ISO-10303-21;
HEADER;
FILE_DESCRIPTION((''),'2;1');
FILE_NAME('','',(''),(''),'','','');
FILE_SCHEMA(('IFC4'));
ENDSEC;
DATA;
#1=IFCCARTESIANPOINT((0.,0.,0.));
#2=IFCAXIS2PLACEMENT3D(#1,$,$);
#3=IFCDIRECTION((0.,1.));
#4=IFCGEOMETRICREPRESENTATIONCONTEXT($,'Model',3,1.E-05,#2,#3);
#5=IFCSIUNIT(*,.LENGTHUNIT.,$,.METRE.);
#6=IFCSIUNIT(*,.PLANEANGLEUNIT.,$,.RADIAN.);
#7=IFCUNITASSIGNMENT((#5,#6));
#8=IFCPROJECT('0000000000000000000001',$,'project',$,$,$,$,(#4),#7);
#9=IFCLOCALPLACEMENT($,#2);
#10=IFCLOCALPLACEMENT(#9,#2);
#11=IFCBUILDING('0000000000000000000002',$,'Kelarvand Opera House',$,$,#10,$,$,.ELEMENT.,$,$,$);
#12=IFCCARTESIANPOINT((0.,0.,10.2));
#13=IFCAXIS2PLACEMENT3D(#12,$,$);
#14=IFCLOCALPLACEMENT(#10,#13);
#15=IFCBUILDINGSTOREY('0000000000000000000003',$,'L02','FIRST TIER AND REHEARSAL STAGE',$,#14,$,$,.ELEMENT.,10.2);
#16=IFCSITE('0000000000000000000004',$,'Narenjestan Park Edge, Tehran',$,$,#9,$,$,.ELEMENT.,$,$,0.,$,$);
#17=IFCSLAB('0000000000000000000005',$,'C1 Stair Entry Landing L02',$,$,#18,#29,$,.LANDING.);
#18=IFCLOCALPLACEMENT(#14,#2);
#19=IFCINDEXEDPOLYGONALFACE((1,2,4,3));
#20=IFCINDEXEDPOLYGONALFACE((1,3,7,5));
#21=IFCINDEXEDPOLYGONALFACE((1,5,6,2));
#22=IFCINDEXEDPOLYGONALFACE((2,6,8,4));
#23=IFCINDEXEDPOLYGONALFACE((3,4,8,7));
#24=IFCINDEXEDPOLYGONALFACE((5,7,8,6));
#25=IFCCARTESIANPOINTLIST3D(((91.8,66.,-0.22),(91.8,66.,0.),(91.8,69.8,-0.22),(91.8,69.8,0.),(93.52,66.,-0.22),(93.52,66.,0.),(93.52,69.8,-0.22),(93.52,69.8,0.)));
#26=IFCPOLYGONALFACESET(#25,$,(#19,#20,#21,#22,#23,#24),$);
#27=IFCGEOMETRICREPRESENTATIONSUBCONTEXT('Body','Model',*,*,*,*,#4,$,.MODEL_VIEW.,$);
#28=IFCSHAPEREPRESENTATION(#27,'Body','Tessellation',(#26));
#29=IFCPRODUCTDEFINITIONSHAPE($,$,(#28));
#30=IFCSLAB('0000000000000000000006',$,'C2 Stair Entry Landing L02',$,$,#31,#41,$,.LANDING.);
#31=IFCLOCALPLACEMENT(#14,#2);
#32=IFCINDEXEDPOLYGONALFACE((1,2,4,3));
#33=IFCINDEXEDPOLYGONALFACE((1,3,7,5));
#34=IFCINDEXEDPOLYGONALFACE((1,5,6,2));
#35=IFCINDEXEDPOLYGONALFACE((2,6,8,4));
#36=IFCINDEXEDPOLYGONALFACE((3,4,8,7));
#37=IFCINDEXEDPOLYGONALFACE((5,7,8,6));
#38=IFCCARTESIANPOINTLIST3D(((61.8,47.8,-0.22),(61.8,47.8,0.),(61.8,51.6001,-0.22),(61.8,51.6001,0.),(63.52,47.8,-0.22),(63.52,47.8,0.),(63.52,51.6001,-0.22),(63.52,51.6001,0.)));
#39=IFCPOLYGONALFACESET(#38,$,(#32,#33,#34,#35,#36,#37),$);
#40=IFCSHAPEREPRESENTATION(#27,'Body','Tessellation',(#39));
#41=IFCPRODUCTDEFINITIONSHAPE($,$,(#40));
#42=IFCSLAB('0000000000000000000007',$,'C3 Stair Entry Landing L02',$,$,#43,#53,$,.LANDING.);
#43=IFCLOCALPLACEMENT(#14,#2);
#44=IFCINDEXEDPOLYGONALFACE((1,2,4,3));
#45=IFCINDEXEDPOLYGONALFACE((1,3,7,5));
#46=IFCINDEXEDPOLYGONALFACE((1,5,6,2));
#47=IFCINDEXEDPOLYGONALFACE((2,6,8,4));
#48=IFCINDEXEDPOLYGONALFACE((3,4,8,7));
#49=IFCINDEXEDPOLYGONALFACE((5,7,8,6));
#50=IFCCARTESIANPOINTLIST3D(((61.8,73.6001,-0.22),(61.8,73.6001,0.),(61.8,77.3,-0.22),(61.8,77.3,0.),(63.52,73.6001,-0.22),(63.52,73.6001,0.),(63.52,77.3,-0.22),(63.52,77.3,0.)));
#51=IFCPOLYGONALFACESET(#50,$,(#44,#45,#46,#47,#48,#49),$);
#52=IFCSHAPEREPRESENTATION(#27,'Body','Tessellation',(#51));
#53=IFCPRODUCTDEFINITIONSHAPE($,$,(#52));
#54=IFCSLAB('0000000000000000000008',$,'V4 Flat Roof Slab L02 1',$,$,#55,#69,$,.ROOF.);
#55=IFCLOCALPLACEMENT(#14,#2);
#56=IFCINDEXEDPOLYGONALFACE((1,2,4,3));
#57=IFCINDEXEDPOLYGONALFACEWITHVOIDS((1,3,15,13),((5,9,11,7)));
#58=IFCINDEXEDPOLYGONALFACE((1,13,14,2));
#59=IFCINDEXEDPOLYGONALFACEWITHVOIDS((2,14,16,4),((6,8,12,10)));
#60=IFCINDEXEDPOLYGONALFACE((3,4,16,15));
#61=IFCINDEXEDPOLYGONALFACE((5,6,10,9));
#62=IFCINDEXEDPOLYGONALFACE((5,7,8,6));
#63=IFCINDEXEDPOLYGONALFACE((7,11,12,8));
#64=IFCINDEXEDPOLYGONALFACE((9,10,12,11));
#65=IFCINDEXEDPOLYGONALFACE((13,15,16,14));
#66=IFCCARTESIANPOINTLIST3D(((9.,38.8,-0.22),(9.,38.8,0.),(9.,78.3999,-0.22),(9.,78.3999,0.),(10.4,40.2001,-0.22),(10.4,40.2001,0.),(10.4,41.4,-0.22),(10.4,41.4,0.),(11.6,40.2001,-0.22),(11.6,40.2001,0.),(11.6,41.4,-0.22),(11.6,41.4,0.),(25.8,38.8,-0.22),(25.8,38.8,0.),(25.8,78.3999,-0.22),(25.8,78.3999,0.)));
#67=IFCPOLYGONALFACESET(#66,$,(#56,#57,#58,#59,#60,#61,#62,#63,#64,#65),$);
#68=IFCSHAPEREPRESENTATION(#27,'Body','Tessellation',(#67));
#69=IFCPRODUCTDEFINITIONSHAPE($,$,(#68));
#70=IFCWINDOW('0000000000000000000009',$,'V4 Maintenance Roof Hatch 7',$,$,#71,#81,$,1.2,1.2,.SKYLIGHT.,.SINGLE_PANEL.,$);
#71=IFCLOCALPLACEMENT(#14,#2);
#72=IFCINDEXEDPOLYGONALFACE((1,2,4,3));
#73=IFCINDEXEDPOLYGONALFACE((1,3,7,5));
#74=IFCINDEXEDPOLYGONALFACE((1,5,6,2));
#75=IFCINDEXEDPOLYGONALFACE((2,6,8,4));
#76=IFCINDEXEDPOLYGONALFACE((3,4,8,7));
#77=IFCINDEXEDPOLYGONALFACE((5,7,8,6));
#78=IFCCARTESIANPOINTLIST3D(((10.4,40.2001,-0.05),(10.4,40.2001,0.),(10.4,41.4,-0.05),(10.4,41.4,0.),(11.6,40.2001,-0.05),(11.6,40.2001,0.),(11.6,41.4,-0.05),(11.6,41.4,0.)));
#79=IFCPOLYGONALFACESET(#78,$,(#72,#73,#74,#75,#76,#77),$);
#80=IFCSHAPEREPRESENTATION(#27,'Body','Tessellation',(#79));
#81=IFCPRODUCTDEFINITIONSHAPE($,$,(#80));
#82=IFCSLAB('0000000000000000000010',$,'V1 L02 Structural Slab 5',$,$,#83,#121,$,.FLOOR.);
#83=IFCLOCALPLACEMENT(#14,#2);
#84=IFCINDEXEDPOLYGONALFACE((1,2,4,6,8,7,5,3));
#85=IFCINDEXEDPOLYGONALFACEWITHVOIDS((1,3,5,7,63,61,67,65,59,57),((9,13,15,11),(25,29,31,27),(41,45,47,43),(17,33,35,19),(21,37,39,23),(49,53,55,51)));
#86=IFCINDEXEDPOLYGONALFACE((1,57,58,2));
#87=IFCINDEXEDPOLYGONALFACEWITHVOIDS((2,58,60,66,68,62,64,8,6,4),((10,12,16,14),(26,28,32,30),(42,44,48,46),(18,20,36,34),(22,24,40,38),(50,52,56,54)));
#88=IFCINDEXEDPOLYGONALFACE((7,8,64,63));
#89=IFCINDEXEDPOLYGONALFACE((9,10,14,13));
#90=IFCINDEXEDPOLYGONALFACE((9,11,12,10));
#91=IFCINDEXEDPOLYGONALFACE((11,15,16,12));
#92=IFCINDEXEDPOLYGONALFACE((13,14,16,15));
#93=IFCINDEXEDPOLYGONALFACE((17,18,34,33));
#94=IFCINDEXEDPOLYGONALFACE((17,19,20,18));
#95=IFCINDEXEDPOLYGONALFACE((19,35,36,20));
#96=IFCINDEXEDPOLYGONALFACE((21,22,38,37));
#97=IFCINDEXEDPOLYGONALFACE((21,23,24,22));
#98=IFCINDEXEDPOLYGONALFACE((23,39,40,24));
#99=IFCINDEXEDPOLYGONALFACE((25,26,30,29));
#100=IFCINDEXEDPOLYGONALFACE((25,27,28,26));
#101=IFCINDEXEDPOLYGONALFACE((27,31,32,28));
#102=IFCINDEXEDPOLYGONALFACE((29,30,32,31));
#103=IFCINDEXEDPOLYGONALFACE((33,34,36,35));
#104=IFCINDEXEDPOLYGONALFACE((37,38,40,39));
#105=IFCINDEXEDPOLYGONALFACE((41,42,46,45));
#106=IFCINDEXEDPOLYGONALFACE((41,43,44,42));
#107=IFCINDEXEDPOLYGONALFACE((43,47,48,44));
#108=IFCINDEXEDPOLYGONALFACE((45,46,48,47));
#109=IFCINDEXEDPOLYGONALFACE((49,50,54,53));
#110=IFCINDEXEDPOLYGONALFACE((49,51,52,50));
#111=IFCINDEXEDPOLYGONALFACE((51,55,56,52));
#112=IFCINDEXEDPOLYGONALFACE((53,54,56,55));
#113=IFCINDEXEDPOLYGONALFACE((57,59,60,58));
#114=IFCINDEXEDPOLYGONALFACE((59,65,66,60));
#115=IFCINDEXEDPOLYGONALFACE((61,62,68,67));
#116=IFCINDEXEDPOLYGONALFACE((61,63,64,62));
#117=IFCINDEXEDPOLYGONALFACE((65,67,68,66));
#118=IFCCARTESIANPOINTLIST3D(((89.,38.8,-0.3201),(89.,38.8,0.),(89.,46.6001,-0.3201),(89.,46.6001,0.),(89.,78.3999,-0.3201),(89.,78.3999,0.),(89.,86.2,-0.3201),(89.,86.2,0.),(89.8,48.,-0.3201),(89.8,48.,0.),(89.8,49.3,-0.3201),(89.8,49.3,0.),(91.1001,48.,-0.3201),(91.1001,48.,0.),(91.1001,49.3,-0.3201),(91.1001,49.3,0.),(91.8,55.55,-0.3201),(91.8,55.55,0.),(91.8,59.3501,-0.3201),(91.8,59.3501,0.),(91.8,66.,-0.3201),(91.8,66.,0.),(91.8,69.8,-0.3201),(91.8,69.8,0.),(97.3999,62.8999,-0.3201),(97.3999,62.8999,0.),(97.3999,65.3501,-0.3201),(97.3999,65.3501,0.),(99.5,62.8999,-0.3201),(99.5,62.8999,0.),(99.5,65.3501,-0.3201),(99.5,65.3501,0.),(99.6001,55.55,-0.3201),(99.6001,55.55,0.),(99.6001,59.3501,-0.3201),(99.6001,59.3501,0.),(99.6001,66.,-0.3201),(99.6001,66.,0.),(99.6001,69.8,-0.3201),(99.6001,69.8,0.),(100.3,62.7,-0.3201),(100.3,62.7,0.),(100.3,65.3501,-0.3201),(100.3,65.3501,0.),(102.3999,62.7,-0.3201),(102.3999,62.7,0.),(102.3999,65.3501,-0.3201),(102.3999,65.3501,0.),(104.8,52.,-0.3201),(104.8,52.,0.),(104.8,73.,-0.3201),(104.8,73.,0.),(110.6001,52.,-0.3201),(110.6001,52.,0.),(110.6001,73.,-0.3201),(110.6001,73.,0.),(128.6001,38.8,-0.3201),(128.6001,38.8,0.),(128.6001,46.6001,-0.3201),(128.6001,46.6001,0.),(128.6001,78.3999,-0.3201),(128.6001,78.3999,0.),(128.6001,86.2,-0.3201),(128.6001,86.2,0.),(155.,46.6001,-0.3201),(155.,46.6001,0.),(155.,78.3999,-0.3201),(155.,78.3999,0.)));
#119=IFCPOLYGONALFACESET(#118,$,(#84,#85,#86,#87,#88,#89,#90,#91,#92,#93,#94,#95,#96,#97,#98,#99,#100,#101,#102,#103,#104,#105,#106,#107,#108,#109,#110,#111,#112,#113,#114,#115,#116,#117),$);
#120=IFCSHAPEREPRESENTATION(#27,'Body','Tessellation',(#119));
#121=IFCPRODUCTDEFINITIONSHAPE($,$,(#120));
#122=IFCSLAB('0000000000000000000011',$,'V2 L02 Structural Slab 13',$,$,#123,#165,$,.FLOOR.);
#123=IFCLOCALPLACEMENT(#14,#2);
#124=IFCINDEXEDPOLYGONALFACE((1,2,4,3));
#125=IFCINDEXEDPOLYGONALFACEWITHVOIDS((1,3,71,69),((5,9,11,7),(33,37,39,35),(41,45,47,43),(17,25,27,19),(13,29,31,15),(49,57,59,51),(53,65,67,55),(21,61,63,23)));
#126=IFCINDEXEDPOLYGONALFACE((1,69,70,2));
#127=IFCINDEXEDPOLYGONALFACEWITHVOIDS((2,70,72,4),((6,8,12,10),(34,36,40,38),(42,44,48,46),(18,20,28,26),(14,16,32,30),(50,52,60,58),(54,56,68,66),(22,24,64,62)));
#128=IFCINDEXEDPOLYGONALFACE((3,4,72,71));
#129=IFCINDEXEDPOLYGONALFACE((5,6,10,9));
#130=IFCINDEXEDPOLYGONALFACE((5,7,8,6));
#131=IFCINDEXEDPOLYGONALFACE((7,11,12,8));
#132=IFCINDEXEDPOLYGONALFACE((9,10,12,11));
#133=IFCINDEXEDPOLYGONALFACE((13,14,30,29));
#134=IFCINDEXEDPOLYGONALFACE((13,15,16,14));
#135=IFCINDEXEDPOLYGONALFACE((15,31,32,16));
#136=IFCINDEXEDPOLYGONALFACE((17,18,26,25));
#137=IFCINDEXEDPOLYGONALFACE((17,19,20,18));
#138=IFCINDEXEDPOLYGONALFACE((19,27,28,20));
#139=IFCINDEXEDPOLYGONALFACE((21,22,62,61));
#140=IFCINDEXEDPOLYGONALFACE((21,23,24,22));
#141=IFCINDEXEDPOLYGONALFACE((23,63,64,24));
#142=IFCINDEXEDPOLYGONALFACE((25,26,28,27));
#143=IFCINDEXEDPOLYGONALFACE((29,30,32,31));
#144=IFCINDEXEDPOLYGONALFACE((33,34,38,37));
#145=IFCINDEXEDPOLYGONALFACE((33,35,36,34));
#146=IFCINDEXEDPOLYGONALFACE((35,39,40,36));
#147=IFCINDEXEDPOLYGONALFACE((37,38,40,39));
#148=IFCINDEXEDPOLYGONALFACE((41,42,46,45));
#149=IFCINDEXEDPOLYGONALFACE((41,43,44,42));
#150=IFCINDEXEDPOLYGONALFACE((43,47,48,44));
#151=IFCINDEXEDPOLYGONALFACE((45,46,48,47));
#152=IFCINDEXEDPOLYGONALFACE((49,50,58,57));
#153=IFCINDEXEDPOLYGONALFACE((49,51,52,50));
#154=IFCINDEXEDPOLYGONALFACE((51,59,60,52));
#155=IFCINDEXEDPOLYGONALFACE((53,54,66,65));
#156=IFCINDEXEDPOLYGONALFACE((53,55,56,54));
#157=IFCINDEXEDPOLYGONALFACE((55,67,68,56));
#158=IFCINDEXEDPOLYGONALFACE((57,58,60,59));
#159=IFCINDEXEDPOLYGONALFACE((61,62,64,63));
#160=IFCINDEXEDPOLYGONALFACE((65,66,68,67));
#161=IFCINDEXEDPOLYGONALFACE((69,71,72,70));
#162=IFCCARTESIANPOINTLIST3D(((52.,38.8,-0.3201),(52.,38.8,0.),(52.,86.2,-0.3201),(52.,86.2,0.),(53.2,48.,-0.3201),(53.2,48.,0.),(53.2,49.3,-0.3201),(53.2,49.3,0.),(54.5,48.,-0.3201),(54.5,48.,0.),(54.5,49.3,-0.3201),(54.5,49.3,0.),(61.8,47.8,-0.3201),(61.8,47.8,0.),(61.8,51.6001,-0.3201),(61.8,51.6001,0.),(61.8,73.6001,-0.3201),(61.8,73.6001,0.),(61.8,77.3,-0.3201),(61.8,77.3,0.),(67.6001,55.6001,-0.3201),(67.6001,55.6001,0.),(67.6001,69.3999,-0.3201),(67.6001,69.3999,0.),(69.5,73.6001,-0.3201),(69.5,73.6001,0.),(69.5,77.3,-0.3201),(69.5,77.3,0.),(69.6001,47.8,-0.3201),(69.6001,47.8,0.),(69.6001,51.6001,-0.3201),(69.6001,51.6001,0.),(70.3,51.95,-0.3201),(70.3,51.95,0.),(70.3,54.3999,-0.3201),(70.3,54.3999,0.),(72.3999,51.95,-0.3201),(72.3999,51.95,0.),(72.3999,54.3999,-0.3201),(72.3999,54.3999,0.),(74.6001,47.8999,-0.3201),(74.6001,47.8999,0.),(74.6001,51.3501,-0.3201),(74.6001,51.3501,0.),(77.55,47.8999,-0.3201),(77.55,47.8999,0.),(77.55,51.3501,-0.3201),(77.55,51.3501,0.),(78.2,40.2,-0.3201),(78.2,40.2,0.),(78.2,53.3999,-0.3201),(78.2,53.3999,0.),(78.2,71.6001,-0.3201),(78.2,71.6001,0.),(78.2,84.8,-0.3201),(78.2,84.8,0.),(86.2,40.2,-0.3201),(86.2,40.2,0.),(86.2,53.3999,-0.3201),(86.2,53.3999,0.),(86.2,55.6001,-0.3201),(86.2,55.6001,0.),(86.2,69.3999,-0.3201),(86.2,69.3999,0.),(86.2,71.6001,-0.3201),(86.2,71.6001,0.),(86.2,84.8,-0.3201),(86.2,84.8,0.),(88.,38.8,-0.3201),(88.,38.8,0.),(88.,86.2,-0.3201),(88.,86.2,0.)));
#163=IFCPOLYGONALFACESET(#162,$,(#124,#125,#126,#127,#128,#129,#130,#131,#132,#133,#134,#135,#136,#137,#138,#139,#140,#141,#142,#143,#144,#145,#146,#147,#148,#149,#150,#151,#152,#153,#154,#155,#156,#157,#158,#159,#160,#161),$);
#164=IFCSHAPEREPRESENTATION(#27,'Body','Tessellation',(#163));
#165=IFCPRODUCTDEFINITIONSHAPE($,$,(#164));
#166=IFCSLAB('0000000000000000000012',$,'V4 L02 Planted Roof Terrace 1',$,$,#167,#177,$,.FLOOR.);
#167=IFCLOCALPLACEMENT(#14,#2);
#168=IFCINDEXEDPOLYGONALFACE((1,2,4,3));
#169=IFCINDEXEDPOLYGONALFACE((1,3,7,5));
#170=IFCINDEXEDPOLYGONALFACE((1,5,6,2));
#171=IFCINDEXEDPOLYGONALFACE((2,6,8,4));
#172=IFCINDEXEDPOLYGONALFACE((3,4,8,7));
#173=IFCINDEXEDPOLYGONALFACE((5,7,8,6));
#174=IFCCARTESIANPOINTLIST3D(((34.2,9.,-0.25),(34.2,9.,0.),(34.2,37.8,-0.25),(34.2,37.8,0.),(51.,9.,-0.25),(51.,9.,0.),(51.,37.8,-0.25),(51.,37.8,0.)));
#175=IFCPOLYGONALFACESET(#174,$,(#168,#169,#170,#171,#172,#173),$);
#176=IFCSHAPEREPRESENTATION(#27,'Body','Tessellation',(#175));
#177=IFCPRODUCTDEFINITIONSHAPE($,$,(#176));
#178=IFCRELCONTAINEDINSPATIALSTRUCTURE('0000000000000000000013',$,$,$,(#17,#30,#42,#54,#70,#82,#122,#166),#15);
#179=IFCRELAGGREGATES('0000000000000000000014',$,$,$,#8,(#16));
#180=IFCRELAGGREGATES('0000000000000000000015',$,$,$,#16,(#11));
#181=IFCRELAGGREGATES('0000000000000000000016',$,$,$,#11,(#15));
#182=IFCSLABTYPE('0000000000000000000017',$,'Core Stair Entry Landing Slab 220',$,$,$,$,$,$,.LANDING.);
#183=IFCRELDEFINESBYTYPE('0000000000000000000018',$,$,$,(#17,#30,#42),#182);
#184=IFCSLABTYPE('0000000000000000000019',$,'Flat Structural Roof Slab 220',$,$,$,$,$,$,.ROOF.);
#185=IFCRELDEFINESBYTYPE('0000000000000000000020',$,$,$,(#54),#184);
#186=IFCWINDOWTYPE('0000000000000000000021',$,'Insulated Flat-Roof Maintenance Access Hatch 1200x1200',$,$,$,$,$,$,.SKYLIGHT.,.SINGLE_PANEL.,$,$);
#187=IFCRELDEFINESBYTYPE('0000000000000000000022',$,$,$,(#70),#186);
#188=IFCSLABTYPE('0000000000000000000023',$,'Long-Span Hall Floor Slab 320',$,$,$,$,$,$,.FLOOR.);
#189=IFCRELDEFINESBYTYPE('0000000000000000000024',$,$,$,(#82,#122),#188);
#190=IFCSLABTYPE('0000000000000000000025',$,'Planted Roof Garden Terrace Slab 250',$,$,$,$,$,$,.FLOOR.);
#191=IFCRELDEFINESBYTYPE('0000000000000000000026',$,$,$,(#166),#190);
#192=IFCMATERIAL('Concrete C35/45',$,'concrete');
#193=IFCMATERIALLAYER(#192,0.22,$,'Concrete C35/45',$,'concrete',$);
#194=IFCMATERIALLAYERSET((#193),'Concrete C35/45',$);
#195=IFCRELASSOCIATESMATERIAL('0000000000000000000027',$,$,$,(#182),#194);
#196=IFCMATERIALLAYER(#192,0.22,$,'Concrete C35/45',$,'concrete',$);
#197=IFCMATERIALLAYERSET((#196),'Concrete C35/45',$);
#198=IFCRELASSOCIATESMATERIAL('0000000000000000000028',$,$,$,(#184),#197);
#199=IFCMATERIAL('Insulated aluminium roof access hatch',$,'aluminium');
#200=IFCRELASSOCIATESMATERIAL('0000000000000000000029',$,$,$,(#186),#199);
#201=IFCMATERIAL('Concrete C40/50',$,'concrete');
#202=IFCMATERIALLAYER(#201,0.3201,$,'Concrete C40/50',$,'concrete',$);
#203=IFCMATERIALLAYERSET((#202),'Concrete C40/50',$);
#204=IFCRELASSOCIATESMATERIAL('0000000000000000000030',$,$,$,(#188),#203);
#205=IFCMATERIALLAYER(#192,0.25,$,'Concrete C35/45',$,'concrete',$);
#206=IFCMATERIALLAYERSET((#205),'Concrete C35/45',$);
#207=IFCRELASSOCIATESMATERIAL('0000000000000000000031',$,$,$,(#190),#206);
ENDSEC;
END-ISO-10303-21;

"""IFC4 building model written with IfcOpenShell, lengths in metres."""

from ifc_helpers import new_model, si_unit, direction, frame, origin, origin_2d, place, context, subcontext, project, spatial, polyline, rectangle, outline, extrude, material, layer, layer_set, type_object, element, fill, save


model = new_model("IFC4")

# Units and contexts
model_context = context("Model", 3, precision=1e-05, world=origin(), true_north=direction((0.0, 1.0)))
body_context = subcontext(model_context, "Body", "Model", "MODEL_VIEW")
ifc_project = project(units=[si_unit("LENGTHUNIT", "METRE"), si_unit("PLANEANGLEUNIT", "RADIAN")], contexts=[model_context])

# Site, building, storey
site_placement = place(None, origin())
site = spatial("IfcSite", under=ifc_project, at=site_placement, Name="Narenjestan Park Edge, Tehran", CompositionType="ELEMENT", RefElevation=0.0)
building_placement = place(site_placement, origin())
building = spatial("IfcBuilding", under=site, at=building_placement, Name="Kelarvand Opera House", CompositionType="ELEMENT")
storey_placement = place(building_placement, frame((0.0, 0.0, 10.2)))
storey = spatial("IfcBuildingStorey", under=building, at=storey_placement, Name="L02", Description="FIRST TIER AND REHEARSAL STAGE", CompositionType="ELEMENT", Elevation=10.2)

# Slabs
ifc_material_1 = material(Name="Concrete C35/45", Category="concrete")
ifc_layer_1 = layer(ifc_material_1, 0.22, Name="Concrete C35/45", Category="concrete")
ifc_layer_set_1 = layer_set([ifc_layer_1], Name="Concrete C35/45")
slab_type_1 = type_object("IfcSlabType", Name="Core Stair Entry Landing Slab 220", PredefinedType="LANDING", material=ifc_layer_set_1)
slab_1_placement = place(storey_placement, frame((0.0, 0.0, -0.22)))
element("IfcSlab", 1, at=slab_1_placement, inside=storey, type_object=slab_type_1, Name="C1 Stair Entry Landing L02", PredefinedType="LANDING", context=body_context, shape_type="SweptSolid", body=[
    extrude(outline(polyline([(91.8, 66.0), (93.52, 66.0), (93.52, 69.8), (91.8, 69.8), (91.8, 66.0)])), origin(), (0.0, 0.0, 1.0), 0.22),
])
slab_2_placement = place(storey_placement, frame((0.0, 0.0, -0.22)))
element("IfcSlab", 2, at=slab_2_placement, inside=storey, type_object=slab_type_1, Name="C2 Stair Entry Landing L02", PredefinedType="LANDING", context=body_context, shape_type="SweptSolid", body=[
    extrude(outline(polyline([(61.8, 47.8), (63.52, 47.8), (63.52, 51.6001), (61.8, 51.6001), (61.8, 47.8)])), origin(), (0.0, 0.0, 1.0), 0.22),
])
slab_3_placement = place(storey_placement, frame((0.0, 0.0, -0.22)))
element("IfcSlab", 3, at=slab_3_placement, inside=storey, type_object=slab_type_1, Name="C3 Stair Entry Landing L02", PredefinedType="LANDING", context=body_context, shape_type="SweptSolid", body=[
    extrude(outline(polyline([(61.8, 73.6001), (63.52, 73.6001), (63.52, 77.3), (61.8, 77.3), (61.8, 73.6001)])), origin(), (0.0, 0.0, 1.0), 0.22),
])

# Slab, opening, window
ifc_layer_2 = layer(ifc_material_1, 0.22, Name="Concrete C35/45", Category="concrete")
ifc_layer_set_2 = layer_set([ifc_layer_2], Name="Concrete C35/45")
slab_type_2 = type_object("IfcSlabType", Name="Flat Structural Roof Slab 220", PredefinedType="ROOF", material=ifc_layer_set_2)
slab_4_placement = place(storey_placement, frame((0.0, 0.0, -0.22)))
slab_4 = element("IfcSlab", 4, at=slab_4_placement, inside=storey, type_object=slab_type_2, Name="V4 Flat Roof Slab L02 1", PredefinedType="ROOF", context=body_context, shape_type="SweptSolid", body=[
    extrude(outline(polyline([(9.0, 38.8), (25.8, 38.8), (25.8, 78.3999), (9.0, 78.3999), (9.0, 38.8)])), origin(), (0.0, 0.0, 1.0), 0.22),
])
opening_placement = place(slab_4_placement, frame((11.0, 40.8, 0.0)))
opening = element("IfcOpeningElement", 5, at=opening_placement, cuts=slab_4, PredefinedType="OPENING", context=body_context, shape_type="SweptSolid", body=[
    extrude(rectangle(XDim=1.2, YDim=1.2, at=origin_2d()), frame((0.0, 0.0, -0.01)), (0.0, 0.0, 1.0), 0.24),
])
ifc_material_2 = material(Name="Insulated aluminium roof access hatch", Category="aluminium")
window_type = type_object("IfcWindowType", Name="Insulated Flat-Roof Maintenance Access Hatch 1200x1200", PartitioningType="SINGLE_PANEL", PredefinedType="SKYLIGHT", material=ifc_material_2)
window_placement = place(opening_placement, frame((0.0, 0.0, 0.1699)))
window = element("IfcWindow", 6, at=window_placement, inside=storey, type_object=window_type, Name="V4 Maintenance Roof Hatch 7", OverallHeight=1.2, OverallWidth=1.2, PartitioningType="SINGLE_PANEL", PredefinedType="SKYLIGHT", context=body_context, shape_type="SweptSolid", body=[
    extrude(rectangle(XDim=1.2, YDim=1.2, at=origin_2d()), origin(), (0.0, 0.0, 1.0), 0.05),
])
fill(opening, window)

# Slabs
ifc_material_3 = material(Name="Concrete C40/50", Category="concrete")
ifc_layer_3 = layer(ifc_material_3, 0.3201, Name="Concrete C40/50", Category="concrete")
ifc_layer_set_3 = layer_set([ifc_layer_3], Name="Concrete C40/50")
slab_type_3 = type_object("IfcSlabType", Name="Long-Span Hall Floor Slab 320", PredefinedType="FLOOR", material=ifc_layer_set_3)
slab_5_placement = place(storey_placement, frame((0.0, 0.0, -0.3201)))
element("IfcSlab", 7, at=slab_5_placement, inside=storey, type_object=slab_type_3, Name="V1 L02 Structural Slab 5", PredefinedType="FLOOR", context=body_context, shape_type="SweptSolid", body=[
    extrude(outline(polyline([(128.6001, 38.8), (89.0, 38.8), (89.0, 46.6001), (89.0, 78.3999), (89.0, 86.2), (128.6001, 86.2), (128.6001, 78.3999), (155.0, 78.3999), (155.0, 46.6001), (128.6001, 46.6001), (128.6001, 38.8)]), holes=[polyline([(89.8, 49.3), (91.1001, 49.3), (91.1001, 48.0), (89.8, 48.0), (89.8, 49.3)]), polyline([(99.6001, 59.3501), (99.6001, 55.55), (91.8, 55.55), (91.8, 59.3501), (99.6001, 59.3501)]), polyline([(110.6001, 73.0), (110.6001, 52.0), (104.8, 52.0), (104.8, 73.0), (110.6001, 73.0)]), polyline([(100.3, 65.3501), (102.3999, 65.3501), (102.3999, 62.7), (100.3, 62.7), (100.3, 65.3501)]), polyline([(99.5, 65.3501), (99.5, 62.8999), (97.3999, 62.8999), (97.3999, 65.3501), (99.5, 65.3501)]), polyline([(99.6001, 69.8), (99.6001, 66.0), (91.8, 66.0), (91.8, 69.8), (99.6001, 69.8)])]), origin(), (0.0, 0.0, 1.0), 0.3201),
])
slab_6_placement = place(storey_placement, frame((0.0, 0.0, -0.3201)))
element("IfcSlab", 8, at=slab_6_placement, inside=storey, type_object=slab_type_3, Name="V2 L02 Structural Slab 13", PredefinedType="FLOOR", context=body_context, shape_type="SweptSolid", body=[
    extrude(outline(polyline([(88.0, 38.8), (88.0, 86.2), (52.0, 86.2), (52.0, 38.8), (88.0, 38.8)]), holes=[polyline([(86.2, 53.3999), (86.2, 40.2), (78.2, 40.2), (78.2, 53.3999), (86.2, 53.3999)]), polyline([(54.5, 49.3), (54.5, 48.0), (53.2, 48.0), (53.2, 49.3), (54.5, 49.3)]), polyline([(77.55, 51.3501), (77.55, 47.8999), (74.6001, 47.8999), (74.6001, 51.3501), (77.55, 51.3501)]), polyline([(69.6001, 51.6001), (69.6001, 47.8), (61.8, 47.8), (61.8, 51.6001), (69.6001, 51.6001)]), polyline([(72.3999, 54.3999), (72.3999, 51.95), (70.3, 51.95), (70.3, 54.3999), (72.3999, 54.3999)]), polyline([(86.2, 69.3999), (86.2, 55.6001), (67.6001, 55.6001), (67.6001, 69.3999), (86.2, 69.3999)]), polyline([(69.5, 77.3), (69.5, 73.6001), (61.8, 73.6001), (61.8, 77.3), (69.5, 77.3)]), polyline([(86.2, 84.8), (86.2, 71.6001), (78.2, 71.6001), (78.2, 84.8), (86.2, 84.8)])]), origin(), (0.0, 0.0, 1.0), 0.3201),
])
ifc_layer_4 = layer(ifc_material_1, 0.25, Name="Concrete C35/45", Category="concrete")
ifc_layer_set_4 = layer_set([ifc_layer_4], Name="Concrete C35/45")
slab_type_4 = type_object("IfcSlabType", Name="Planted Roof Garden Terrace Slab 250", PredefinedType="FLOOR", material=ifc_layer_set_4)
slab_7_placement = place(storey_placement, frame((0.0, 0.0, -0.25)))
element("IfcSlab", 9, at=slab_7_placement, inside=storey, type_object=slab_type_4, Name="V4 L02 Planted Roof Terrace 1", PredefinedType="FLOOR", context=body_context, shape_type="SweptSolid", body=[
    extrude(outline(polyline([(34.2, 9.0), (51.0, 9.0), (51.0, 37.8), (34.2, 37.8), (34.2, 9.0)])), origin(), (0.0, 0.0, 1.0), 0.25),
])

save(model, "model.ifc")
